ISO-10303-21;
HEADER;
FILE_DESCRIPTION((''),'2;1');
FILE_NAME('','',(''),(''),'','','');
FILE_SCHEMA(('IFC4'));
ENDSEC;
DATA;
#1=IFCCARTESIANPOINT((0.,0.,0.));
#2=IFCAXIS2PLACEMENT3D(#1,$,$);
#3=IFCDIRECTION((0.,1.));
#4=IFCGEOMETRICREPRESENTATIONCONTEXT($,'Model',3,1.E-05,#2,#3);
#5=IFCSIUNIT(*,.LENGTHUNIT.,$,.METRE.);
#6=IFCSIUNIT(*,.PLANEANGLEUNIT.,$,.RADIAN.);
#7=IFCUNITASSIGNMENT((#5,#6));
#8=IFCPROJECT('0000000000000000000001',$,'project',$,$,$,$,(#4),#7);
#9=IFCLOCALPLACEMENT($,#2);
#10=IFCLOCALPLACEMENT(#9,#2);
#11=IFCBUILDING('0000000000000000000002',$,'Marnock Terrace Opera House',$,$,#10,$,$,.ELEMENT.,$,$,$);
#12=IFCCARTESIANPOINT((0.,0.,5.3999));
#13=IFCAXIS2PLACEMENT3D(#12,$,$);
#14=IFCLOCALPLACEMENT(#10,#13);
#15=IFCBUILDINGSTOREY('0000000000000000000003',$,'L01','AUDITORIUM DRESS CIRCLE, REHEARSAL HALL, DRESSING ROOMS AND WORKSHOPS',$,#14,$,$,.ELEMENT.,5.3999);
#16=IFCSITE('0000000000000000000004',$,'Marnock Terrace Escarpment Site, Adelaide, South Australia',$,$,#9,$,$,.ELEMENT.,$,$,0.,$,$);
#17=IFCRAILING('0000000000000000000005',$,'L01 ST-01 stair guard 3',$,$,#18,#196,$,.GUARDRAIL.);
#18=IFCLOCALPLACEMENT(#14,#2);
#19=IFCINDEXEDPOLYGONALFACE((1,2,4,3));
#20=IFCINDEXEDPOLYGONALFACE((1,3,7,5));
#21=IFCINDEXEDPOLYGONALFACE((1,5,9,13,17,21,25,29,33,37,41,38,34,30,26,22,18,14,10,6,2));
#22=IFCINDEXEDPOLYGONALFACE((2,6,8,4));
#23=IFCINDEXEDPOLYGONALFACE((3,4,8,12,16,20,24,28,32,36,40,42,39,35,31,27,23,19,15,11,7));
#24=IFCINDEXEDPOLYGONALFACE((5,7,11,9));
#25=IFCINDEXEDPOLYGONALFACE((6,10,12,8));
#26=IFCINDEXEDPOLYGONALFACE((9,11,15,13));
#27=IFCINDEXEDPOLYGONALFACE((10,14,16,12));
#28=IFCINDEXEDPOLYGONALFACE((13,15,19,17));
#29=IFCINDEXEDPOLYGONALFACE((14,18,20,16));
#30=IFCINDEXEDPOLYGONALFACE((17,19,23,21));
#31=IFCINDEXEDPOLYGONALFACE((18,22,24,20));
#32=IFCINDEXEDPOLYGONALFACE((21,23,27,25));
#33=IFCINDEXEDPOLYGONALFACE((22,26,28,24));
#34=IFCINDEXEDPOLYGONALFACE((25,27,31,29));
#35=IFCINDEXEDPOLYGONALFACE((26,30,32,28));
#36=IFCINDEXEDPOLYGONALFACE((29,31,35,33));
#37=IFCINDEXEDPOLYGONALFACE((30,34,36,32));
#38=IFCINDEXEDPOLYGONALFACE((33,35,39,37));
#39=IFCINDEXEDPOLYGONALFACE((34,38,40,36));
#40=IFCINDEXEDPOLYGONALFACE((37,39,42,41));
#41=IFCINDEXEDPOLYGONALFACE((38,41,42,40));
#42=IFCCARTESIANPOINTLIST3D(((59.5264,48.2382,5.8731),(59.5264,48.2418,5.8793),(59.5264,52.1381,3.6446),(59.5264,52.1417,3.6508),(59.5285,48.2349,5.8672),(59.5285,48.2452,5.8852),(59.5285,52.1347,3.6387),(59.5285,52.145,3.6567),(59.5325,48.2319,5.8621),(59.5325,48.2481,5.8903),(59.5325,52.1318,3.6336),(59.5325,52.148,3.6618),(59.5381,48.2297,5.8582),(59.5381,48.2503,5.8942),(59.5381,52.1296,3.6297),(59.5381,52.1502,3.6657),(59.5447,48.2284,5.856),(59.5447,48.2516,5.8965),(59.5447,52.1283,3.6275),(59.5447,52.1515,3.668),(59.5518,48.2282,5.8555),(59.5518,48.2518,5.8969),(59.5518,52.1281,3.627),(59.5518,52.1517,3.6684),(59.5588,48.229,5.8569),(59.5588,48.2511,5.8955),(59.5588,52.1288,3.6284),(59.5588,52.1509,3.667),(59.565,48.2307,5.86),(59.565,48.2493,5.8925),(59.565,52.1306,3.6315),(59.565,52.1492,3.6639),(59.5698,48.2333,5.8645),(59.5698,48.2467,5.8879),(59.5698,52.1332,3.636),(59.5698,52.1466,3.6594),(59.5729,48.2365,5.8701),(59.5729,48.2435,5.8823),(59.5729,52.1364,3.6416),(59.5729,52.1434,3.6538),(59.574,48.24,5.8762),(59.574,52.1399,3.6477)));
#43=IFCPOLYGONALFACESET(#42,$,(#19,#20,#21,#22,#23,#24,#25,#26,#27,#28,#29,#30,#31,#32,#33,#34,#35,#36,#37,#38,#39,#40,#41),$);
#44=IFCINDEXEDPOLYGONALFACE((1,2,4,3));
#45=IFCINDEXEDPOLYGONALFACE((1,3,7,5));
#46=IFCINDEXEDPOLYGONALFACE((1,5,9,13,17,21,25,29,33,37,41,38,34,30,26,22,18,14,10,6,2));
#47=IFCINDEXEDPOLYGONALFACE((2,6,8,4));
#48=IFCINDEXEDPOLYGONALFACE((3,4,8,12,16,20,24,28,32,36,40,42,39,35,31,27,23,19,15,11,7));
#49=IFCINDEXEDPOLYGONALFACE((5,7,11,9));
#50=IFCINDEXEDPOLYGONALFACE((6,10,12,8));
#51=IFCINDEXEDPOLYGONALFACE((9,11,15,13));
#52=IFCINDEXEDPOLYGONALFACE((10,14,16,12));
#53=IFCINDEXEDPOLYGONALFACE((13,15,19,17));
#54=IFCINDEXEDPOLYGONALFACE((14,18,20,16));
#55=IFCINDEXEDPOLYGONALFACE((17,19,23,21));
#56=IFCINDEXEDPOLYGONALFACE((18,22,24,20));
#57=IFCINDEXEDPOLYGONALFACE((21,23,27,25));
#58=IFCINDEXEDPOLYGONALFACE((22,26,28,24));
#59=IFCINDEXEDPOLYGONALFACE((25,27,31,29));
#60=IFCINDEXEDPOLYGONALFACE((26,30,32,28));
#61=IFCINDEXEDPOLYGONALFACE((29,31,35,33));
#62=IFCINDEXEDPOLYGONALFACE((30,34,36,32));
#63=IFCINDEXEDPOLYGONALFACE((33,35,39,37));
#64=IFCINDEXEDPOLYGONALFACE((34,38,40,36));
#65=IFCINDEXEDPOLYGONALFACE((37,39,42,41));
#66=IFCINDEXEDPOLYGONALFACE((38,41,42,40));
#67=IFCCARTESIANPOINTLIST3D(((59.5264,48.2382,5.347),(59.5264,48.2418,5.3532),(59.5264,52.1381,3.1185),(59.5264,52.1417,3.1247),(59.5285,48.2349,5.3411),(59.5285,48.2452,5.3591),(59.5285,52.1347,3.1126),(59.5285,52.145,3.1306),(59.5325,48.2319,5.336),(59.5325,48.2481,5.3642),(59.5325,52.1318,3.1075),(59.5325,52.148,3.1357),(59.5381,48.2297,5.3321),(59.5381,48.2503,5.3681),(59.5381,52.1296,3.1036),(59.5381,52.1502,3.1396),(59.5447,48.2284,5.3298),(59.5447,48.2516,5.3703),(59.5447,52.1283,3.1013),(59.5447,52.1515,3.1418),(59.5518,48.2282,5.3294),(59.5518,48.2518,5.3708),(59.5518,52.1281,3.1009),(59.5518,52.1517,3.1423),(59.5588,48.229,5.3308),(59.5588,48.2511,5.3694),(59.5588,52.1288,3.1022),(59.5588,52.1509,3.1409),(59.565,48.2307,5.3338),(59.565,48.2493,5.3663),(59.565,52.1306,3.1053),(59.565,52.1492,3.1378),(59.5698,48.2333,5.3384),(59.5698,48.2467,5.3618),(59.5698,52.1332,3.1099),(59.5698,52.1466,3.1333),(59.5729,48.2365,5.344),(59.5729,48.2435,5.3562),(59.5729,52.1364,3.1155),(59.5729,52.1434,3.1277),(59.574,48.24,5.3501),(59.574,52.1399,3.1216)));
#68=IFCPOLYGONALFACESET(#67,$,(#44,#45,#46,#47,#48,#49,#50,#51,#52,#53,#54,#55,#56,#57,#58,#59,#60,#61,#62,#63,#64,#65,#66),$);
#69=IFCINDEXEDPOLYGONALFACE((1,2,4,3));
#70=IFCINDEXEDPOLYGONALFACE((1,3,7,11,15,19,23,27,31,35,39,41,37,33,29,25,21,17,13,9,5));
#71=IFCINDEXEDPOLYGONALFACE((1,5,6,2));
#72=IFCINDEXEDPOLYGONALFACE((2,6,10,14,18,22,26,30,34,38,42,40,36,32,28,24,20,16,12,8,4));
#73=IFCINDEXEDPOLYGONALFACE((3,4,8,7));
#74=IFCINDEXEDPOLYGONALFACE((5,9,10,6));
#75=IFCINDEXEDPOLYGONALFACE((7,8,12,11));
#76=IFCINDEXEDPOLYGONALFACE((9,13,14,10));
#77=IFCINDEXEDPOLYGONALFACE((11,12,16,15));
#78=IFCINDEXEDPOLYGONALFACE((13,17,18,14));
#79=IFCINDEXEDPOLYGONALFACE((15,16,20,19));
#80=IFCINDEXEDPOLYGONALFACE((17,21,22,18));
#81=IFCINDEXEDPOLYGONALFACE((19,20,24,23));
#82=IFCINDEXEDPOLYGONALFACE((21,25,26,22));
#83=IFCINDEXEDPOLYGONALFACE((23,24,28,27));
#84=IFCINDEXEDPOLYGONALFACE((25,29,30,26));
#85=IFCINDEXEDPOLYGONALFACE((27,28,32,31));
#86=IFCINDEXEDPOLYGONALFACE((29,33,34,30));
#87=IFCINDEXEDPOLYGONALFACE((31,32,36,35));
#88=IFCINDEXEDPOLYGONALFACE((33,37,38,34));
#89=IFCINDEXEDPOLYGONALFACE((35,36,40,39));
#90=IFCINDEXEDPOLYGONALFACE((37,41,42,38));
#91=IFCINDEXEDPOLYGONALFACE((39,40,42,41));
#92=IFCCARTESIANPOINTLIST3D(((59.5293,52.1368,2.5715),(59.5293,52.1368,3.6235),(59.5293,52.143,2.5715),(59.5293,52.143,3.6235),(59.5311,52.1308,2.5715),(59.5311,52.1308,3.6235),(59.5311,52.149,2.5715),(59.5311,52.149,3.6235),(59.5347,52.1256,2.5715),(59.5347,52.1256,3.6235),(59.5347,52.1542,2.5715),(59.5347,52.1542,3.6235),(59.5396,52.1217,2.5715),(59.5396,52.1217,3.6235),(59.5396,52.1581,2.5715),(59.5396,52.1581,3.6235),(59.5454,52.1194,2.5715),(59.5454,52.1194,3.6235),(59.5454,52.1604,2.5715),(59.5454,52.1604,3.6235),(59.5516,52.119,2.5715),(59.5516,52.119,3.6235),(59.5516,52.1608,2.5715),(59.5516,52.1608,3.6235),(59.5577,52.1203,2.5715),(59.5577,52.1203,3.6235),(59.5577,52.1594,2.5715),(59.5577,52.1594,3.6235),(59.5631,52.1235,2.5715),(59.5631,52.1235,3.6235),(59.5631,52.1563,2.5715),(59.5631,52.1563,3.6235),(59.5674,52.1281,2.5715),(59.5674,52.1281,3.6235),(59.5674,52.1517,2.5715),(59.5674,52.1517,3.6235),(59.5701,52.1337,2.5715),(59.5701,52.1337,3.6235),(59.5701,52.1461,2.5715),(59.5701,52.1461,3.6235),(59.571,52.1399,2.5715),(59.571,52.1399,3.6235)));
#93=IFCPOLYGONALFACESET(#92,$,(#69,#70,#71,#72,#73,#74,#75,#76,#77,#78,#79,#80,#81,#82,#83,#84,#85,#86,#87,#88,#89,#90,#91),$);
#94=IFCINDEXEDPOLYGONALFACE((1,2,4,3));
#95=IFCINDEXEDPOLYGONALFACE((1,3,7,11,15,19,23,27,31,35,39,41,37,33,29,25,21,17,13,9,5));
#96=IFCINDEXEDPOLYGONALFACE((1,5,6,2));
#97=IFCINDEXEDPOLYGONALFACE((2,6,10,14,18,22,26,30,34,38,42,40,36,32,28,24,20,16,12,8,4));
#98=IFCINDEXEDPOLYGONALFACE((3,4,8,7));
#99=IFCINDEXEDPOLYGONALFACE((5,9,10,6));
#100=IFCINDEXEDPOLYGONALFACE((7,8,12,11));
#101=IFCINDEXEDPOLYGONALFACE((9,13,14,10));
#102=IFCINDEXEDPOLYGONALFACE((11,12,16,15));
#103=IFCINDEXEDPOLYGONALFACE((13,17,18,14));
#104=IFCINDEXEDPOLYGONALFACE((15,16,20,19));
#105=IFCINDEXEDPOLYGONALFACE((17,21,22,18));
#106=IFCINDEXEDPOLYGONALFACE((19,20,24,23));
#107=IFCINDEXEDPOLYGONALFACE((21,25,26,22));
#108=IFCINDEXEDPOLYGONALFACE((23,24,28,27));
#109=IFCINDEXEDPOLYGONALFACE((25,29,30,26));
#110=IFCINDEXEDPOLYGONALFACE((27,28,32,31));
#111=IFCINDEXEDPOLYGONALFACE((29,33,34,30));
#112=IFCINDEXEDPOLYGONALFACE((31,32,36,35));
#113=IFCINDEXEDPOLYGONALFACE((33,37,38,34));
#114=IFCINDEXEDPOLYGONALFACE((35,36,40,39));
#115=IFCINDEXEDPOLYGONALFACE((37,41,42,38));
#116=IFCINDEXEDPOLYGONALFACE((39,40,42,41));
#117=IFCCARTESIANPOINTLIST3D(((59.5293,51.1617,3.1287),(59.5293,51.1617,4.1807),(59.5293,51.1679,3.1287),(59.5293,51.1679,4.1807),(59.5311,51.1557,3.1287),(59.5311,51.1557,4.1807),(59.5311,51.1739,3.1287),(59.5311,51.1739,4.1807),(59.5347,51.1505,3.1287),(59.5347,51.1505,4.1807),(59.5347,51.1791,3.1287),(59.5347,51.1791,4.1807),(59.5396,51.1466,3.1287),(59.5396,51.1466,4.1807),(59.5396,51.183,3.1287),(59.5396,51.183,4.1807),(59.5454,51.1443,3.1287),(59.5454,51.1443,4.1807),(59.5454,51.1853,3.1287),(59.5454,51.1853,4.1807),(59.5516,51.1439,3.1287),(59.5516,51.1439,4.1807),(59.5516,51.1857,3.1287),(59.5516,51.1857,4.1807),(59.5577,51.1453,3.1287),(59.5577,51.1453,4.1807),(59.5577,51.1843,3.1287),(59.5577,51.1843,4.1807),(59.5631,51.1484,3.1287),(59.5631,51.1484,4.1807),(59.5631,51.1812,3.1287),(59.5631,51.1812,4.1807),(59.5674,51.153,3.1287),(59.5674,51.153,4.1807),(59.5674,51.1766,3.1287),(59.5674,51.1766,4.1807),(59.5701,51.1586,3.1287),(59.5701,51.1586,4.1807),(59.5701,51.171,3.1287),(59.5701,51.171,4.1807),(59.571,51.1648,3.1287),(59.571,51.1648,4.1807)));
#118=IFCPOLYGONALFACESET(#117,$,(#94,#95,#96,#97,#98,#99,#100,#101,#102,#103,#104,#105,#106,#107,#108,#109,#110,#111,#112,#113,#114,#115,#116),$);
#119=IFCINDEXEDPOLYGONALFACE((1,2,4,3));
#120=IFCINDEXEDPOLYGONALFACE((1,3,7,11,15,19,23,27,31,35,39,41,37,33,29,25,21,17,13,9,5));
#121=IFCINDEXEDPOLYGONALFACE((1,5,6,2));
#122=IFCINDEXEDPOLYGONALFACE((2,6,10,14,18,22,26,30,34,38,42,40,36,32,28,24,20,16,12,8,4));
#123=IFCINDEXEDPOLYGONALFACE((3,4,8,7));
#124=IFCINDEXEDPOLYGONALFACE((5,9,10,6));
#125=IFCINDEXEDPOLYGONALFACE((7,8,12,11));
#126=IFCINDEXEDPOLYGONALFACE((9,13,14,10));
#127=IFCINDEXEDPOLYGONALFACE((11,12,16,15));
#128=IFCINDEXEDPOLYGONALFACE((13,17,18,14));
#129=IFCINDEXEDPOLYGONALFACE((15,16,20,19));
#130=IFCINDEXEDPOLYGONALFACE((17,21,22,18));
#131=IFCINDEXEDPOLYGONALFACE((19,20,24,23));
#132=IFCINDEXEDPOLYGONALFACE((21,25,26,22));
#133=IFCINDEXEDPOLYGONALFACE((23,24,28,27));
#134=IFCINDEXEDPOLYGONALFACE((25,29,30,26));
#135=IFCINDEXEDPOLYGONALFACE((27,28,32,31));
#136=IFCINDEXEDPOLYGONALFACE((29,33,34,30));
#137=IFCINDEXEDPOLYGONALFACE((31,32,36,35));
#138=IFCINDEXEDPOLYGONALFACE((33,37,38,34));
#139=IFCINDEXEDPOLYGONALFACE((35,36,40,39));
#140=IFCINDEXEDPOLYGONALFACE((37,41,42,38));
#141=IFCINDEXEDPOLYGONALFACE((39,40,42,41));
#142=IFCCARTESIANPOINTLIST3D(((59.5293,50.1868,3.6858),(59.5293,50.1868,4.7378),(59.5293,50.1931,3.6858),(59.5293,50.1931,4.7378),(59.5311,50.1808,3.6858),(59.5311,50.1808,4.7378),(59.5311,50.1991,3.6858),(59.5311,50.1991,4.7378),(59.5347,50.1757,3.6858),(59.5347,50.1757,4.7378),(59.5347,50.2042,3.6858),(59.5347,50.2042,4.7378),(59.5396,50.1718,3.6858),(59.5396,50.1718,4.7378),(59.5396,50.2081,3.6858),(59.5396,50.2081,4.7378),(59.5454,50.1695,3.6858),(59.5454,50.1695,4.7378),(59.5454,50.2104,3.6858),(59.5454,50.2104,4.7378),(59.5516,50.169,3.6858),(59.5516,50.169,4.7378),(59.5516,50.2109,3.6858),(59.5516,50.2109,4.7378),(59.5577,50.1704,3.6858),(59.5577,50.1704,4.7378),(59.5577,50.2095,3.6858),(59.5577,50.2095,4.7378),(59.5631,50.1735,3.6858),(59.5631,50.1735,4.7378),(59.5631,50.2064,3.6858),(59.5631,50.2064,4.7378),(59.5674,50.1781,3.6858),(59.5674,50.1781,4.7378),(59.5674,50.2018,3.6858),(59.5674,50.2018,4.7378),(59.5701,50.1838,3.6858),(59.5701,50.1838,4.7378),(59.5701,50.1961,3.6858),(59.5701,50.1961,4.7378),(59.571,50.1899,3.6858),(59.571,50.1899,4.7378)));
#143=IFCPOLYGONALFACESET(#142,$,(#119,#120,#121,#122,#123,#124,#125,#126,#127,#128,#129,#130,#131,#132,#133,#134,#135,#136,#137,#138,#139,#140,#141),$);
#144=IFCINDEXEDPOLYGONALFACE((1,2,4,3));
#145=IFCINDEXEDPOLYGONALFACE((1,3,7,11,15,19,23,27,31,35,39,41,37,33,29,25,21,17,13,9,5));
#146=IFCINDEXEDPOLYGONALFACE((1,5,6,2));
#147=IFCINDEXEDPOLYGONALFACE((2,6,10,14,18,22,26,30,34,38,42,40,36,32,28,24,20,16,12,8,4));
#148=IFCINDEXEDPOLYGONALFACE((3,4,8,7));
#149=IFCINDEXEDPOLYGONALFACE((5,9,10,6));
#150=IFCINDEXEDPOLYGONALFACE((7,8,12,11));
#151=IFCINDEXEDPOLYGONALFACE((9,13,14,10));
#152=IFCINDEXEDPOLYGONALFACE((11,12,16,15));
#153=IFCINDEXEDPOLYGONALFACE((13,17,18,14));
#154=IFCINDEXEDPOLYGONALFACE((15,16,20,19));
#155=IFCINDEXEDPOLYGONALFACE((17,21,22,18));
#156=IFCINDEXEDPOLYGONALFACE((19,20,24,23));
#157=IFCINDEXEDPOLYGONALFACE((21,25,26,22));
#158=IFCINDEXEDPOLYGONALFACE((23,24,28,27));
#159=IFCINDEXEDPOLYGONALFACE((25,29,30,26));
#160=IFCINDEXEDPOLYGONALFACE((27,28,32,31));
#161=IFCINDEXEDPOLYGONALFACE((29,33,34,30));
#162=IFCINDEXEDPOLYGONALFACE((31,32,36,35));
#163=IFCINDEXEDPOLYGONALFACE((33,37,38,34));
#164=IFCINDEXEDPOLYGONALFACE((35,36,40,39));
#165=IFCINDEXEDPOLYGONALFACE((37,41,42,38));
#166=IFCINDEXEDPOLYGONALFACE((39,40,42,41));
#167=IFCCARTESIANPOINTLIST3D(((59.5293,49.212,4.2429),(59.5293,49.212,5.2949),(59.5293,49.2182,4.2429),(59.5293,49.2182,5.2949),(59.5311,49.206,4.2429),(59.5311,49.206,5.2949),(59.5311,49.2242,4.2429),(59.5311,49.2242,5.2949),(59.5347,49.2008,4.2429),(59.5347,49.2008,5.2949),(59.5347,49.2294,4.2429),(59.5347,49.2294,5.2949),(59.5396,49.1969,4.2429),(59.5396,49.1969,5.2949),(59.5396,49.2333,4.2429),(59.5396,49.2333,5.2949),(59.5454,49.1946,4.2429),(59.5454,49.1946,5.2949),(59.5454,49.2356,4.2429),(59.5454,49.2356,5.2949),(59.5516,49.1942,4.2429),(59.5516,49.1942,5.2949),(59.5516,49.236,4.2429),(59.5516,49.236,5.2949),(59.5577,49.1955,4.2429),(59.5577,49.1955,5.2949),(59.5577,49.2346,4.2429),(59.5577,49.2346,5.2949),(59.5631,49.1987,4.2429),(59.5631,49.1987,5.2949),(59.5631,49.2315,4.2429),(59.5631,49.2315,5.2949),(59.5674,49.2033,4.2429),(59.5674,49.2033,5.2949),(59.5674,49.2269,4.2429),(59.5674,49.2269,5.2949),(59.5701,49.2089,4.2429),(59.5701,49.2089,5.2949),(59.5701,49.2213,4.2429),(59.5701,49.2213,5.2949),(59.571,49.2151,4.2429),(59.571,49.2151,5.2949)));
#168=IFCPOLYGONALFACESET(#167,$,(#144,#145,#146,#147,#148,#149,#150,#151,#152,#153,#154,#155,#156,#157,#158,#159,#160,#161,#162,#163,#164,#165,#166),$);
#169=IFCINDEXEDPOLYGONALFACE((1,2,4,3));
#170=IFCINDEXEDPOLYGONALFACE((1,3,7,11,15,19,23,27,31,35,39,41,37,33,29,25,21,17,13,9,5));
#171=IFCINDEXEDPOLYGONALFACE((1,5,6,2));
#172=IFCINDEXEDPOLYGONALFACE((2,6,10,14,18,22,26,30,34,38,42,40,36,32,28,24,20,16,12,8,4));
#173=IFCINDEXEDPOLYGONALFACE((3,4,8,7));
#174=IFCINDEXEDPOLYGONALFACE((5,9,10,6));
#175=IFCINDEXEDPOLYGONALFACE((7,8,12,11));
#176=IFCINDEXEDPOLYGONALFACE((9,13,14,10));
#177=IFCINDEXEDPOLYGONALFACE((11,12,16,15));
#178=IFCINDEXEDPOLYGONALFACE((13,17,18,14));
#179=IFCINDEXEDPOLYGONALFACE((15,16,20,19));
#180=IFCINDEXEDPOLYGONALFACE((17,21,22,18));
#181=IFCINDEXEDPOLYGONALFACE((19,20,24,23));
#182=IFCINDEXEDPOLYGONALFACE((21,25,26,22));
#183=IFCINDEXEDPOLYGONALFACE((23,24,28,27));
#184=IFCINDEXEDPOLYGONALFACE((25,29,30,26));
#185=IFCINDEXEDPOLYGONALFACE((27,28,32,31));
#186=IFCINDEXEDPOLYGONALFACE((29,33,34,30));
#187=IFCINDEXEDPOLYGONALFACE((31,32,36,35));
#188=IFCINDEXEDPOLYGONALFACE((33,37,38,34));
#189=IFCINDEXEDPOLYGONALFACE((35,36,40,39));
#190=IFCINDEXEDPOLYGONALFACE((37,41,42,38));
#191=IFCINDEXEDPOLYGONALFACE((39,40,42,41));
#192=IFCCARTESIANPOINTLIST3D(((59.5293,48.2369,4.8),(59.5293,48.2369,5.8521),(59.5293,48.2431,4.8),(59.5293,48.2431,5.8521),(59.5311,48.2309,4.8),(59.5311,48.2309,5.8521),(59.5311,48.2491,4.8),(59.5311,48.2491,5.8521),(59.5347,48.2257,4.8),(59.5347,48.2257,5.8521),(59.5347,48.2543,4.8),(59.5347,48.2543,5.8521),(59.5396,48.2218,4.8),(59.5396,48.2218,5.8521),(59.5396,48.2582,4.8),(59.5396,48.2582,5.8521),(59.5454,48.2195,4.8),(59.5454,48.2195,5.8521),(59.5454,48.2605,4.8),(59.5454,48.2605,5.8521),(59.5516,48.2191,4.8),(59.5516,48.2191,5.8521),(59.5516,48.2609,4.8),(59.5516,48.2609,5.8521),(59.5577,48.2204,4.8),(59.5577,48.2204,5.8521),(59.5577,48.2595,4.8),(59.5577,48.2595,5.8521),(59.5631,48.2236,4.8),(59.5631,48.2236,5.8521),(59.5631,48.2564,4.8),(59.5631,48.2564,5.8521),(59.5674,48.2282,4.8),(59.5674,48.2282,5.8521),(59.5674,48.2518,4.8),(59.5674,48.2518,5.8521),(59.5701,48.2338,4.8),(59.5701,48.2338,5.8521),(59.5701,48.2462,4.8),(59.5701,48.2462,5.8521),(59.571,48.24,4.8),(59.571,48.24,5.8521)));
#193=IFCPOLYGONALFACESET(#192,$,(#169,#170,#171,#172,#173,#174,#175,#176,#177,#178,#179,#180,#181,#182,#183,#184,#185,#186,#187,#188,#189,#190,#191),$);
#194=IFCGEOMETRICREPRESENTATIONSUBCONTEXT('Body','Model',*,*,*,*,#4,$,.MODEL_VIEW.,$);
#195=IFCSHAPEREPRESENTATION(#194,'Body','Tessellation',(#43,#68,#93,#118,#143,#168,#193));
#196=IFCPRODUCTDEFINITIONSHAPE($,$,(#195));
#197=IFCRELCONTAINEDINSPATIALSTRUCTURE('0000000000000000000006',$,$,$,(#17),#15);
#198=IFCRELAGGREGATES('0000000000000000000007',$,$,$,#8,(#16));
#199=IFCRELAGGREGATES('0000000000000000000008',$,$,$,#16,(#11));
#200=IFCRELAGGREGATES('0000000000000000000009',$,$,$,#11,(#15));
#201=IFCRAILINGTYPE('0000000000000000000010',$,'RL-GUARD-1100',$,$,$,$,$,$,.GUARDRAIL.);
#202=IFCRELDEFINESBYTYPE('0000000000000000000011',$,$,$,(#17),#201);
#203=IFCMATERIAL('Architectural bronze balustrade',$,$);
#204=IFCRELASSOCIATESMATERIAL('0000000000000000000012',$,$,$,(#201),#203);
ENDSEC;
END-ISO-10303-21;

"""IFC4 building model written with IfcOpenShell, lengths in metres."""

from ifc_helpers import new_model, si_unit, direction, frame, origin, origin_2d, place, context, subcontext, project, spatial, circle, extrude, material, type_object, element, save


model = new_model("IFC4")

# Units and contexts
model_context = context("Model", 3, precision=1e-05, world=origin(), true_north=direction((0.0, 1.0)))
body_context = subcontext(model_context, "Body", "Model", "MODEL_VIEW")
ifc_project = project(units=[si_unit("LENGTHUNIT", "METRE"), si_unit("PLANEANGLEUNIT", "RADIAN")], contexts=[model_context])

# Site, building, storey
site_placement = place(None, origin())
site = spatial("IfcSite", under=ifc_project, at=site_placement, Name="Marnock Terrace Escarpment Site, Adelaide, South Australia", CompositionType="ELEMENT", RefElevation=0.0)
building_placement = place(site_placement, origin())
building = spatial("IfcBuilding", under=site, at=building_placement, Name="Marnock Terrace Opera House", CompositionType="ELEMENT")
storey_placement = place(building_placement, frame((0.0, 0.0, 5.3999)))
storey = spatial("IfcBuildingStorey", under=building, at=storey_placement, Name="L01", Description="AUDITORIUM DRESS CIRCLE, REHEARSAL HALL, DRESSING ROOMS AND WORKSHOPS", CompositionType="ELEMENT", Elevation=5.3999)

# Railing
ifc_material_1 = material(Name="Architectural bronze balustrade")
railing_type_1 = type_object("IfcRailingType", Name="RL-GUARD-1100", PredefinedType="GUARDRAIL", material=ifc_material_1)
railing_1_placement = place(storey_placement, frame((59.55, 52.1399, 2.5715)))
element("IfcRailing", 1, at=railing_1_placement, inside=storey, type_object=railing_type_1, Name="L01 ST-01 stair guard 3", PredefinedType="GUARDRAIL", context=body_context, shape_type="SweptSolid", body=[
    extrude(circle(Radius=0.0239, at=origin_2d()), frame((0.0, 0.0, 1.0762), z_axis=(0.0, -0.868243, 0.496139), x_axis=(1.0, 0.0, 0.0)), (0.0, 0.0, 1.0), 4.4917),
    extrude(circle(Radius=0.0239, at=origin_2d()), frame((0.0, 0.0, 0.55), z_axis=(0.0, -0.868243, 0.496139), x_axis=(1.0, 0.0, 0.0)), (0.0, 0.0, 1.0), 4.4917),
    extrude(circle(Radius=0.021, at=origin_2d()), origin(), (0.0, 0.0, 1.0), 1.052),
    extrude(circle(Radius=0.021, at=origin_2d()), frame((0.0, -0.9751, 0.5571)), (0.0, 0.0, 1.0), 1.052),
    extrude(circle(Radius=0.021, at=origin_2d()), frame((0.0, -1.95, 1.1143)), (0.0, 0.0, 1.0), 1.052),
    extrude(circle(Radius=0.021, at=origin_2d()), frame((0.0, -2.9248, 1.6714)), (0.0, 0.0, 1.0), 1.052),
    extrude(circle(Radius=0.021, at=origin_2d()), frame((0.0, -3.8999, 2.2285)), (0.0, 0.0, 1.0), 1.052),
])

save(model, "model.ifc")
